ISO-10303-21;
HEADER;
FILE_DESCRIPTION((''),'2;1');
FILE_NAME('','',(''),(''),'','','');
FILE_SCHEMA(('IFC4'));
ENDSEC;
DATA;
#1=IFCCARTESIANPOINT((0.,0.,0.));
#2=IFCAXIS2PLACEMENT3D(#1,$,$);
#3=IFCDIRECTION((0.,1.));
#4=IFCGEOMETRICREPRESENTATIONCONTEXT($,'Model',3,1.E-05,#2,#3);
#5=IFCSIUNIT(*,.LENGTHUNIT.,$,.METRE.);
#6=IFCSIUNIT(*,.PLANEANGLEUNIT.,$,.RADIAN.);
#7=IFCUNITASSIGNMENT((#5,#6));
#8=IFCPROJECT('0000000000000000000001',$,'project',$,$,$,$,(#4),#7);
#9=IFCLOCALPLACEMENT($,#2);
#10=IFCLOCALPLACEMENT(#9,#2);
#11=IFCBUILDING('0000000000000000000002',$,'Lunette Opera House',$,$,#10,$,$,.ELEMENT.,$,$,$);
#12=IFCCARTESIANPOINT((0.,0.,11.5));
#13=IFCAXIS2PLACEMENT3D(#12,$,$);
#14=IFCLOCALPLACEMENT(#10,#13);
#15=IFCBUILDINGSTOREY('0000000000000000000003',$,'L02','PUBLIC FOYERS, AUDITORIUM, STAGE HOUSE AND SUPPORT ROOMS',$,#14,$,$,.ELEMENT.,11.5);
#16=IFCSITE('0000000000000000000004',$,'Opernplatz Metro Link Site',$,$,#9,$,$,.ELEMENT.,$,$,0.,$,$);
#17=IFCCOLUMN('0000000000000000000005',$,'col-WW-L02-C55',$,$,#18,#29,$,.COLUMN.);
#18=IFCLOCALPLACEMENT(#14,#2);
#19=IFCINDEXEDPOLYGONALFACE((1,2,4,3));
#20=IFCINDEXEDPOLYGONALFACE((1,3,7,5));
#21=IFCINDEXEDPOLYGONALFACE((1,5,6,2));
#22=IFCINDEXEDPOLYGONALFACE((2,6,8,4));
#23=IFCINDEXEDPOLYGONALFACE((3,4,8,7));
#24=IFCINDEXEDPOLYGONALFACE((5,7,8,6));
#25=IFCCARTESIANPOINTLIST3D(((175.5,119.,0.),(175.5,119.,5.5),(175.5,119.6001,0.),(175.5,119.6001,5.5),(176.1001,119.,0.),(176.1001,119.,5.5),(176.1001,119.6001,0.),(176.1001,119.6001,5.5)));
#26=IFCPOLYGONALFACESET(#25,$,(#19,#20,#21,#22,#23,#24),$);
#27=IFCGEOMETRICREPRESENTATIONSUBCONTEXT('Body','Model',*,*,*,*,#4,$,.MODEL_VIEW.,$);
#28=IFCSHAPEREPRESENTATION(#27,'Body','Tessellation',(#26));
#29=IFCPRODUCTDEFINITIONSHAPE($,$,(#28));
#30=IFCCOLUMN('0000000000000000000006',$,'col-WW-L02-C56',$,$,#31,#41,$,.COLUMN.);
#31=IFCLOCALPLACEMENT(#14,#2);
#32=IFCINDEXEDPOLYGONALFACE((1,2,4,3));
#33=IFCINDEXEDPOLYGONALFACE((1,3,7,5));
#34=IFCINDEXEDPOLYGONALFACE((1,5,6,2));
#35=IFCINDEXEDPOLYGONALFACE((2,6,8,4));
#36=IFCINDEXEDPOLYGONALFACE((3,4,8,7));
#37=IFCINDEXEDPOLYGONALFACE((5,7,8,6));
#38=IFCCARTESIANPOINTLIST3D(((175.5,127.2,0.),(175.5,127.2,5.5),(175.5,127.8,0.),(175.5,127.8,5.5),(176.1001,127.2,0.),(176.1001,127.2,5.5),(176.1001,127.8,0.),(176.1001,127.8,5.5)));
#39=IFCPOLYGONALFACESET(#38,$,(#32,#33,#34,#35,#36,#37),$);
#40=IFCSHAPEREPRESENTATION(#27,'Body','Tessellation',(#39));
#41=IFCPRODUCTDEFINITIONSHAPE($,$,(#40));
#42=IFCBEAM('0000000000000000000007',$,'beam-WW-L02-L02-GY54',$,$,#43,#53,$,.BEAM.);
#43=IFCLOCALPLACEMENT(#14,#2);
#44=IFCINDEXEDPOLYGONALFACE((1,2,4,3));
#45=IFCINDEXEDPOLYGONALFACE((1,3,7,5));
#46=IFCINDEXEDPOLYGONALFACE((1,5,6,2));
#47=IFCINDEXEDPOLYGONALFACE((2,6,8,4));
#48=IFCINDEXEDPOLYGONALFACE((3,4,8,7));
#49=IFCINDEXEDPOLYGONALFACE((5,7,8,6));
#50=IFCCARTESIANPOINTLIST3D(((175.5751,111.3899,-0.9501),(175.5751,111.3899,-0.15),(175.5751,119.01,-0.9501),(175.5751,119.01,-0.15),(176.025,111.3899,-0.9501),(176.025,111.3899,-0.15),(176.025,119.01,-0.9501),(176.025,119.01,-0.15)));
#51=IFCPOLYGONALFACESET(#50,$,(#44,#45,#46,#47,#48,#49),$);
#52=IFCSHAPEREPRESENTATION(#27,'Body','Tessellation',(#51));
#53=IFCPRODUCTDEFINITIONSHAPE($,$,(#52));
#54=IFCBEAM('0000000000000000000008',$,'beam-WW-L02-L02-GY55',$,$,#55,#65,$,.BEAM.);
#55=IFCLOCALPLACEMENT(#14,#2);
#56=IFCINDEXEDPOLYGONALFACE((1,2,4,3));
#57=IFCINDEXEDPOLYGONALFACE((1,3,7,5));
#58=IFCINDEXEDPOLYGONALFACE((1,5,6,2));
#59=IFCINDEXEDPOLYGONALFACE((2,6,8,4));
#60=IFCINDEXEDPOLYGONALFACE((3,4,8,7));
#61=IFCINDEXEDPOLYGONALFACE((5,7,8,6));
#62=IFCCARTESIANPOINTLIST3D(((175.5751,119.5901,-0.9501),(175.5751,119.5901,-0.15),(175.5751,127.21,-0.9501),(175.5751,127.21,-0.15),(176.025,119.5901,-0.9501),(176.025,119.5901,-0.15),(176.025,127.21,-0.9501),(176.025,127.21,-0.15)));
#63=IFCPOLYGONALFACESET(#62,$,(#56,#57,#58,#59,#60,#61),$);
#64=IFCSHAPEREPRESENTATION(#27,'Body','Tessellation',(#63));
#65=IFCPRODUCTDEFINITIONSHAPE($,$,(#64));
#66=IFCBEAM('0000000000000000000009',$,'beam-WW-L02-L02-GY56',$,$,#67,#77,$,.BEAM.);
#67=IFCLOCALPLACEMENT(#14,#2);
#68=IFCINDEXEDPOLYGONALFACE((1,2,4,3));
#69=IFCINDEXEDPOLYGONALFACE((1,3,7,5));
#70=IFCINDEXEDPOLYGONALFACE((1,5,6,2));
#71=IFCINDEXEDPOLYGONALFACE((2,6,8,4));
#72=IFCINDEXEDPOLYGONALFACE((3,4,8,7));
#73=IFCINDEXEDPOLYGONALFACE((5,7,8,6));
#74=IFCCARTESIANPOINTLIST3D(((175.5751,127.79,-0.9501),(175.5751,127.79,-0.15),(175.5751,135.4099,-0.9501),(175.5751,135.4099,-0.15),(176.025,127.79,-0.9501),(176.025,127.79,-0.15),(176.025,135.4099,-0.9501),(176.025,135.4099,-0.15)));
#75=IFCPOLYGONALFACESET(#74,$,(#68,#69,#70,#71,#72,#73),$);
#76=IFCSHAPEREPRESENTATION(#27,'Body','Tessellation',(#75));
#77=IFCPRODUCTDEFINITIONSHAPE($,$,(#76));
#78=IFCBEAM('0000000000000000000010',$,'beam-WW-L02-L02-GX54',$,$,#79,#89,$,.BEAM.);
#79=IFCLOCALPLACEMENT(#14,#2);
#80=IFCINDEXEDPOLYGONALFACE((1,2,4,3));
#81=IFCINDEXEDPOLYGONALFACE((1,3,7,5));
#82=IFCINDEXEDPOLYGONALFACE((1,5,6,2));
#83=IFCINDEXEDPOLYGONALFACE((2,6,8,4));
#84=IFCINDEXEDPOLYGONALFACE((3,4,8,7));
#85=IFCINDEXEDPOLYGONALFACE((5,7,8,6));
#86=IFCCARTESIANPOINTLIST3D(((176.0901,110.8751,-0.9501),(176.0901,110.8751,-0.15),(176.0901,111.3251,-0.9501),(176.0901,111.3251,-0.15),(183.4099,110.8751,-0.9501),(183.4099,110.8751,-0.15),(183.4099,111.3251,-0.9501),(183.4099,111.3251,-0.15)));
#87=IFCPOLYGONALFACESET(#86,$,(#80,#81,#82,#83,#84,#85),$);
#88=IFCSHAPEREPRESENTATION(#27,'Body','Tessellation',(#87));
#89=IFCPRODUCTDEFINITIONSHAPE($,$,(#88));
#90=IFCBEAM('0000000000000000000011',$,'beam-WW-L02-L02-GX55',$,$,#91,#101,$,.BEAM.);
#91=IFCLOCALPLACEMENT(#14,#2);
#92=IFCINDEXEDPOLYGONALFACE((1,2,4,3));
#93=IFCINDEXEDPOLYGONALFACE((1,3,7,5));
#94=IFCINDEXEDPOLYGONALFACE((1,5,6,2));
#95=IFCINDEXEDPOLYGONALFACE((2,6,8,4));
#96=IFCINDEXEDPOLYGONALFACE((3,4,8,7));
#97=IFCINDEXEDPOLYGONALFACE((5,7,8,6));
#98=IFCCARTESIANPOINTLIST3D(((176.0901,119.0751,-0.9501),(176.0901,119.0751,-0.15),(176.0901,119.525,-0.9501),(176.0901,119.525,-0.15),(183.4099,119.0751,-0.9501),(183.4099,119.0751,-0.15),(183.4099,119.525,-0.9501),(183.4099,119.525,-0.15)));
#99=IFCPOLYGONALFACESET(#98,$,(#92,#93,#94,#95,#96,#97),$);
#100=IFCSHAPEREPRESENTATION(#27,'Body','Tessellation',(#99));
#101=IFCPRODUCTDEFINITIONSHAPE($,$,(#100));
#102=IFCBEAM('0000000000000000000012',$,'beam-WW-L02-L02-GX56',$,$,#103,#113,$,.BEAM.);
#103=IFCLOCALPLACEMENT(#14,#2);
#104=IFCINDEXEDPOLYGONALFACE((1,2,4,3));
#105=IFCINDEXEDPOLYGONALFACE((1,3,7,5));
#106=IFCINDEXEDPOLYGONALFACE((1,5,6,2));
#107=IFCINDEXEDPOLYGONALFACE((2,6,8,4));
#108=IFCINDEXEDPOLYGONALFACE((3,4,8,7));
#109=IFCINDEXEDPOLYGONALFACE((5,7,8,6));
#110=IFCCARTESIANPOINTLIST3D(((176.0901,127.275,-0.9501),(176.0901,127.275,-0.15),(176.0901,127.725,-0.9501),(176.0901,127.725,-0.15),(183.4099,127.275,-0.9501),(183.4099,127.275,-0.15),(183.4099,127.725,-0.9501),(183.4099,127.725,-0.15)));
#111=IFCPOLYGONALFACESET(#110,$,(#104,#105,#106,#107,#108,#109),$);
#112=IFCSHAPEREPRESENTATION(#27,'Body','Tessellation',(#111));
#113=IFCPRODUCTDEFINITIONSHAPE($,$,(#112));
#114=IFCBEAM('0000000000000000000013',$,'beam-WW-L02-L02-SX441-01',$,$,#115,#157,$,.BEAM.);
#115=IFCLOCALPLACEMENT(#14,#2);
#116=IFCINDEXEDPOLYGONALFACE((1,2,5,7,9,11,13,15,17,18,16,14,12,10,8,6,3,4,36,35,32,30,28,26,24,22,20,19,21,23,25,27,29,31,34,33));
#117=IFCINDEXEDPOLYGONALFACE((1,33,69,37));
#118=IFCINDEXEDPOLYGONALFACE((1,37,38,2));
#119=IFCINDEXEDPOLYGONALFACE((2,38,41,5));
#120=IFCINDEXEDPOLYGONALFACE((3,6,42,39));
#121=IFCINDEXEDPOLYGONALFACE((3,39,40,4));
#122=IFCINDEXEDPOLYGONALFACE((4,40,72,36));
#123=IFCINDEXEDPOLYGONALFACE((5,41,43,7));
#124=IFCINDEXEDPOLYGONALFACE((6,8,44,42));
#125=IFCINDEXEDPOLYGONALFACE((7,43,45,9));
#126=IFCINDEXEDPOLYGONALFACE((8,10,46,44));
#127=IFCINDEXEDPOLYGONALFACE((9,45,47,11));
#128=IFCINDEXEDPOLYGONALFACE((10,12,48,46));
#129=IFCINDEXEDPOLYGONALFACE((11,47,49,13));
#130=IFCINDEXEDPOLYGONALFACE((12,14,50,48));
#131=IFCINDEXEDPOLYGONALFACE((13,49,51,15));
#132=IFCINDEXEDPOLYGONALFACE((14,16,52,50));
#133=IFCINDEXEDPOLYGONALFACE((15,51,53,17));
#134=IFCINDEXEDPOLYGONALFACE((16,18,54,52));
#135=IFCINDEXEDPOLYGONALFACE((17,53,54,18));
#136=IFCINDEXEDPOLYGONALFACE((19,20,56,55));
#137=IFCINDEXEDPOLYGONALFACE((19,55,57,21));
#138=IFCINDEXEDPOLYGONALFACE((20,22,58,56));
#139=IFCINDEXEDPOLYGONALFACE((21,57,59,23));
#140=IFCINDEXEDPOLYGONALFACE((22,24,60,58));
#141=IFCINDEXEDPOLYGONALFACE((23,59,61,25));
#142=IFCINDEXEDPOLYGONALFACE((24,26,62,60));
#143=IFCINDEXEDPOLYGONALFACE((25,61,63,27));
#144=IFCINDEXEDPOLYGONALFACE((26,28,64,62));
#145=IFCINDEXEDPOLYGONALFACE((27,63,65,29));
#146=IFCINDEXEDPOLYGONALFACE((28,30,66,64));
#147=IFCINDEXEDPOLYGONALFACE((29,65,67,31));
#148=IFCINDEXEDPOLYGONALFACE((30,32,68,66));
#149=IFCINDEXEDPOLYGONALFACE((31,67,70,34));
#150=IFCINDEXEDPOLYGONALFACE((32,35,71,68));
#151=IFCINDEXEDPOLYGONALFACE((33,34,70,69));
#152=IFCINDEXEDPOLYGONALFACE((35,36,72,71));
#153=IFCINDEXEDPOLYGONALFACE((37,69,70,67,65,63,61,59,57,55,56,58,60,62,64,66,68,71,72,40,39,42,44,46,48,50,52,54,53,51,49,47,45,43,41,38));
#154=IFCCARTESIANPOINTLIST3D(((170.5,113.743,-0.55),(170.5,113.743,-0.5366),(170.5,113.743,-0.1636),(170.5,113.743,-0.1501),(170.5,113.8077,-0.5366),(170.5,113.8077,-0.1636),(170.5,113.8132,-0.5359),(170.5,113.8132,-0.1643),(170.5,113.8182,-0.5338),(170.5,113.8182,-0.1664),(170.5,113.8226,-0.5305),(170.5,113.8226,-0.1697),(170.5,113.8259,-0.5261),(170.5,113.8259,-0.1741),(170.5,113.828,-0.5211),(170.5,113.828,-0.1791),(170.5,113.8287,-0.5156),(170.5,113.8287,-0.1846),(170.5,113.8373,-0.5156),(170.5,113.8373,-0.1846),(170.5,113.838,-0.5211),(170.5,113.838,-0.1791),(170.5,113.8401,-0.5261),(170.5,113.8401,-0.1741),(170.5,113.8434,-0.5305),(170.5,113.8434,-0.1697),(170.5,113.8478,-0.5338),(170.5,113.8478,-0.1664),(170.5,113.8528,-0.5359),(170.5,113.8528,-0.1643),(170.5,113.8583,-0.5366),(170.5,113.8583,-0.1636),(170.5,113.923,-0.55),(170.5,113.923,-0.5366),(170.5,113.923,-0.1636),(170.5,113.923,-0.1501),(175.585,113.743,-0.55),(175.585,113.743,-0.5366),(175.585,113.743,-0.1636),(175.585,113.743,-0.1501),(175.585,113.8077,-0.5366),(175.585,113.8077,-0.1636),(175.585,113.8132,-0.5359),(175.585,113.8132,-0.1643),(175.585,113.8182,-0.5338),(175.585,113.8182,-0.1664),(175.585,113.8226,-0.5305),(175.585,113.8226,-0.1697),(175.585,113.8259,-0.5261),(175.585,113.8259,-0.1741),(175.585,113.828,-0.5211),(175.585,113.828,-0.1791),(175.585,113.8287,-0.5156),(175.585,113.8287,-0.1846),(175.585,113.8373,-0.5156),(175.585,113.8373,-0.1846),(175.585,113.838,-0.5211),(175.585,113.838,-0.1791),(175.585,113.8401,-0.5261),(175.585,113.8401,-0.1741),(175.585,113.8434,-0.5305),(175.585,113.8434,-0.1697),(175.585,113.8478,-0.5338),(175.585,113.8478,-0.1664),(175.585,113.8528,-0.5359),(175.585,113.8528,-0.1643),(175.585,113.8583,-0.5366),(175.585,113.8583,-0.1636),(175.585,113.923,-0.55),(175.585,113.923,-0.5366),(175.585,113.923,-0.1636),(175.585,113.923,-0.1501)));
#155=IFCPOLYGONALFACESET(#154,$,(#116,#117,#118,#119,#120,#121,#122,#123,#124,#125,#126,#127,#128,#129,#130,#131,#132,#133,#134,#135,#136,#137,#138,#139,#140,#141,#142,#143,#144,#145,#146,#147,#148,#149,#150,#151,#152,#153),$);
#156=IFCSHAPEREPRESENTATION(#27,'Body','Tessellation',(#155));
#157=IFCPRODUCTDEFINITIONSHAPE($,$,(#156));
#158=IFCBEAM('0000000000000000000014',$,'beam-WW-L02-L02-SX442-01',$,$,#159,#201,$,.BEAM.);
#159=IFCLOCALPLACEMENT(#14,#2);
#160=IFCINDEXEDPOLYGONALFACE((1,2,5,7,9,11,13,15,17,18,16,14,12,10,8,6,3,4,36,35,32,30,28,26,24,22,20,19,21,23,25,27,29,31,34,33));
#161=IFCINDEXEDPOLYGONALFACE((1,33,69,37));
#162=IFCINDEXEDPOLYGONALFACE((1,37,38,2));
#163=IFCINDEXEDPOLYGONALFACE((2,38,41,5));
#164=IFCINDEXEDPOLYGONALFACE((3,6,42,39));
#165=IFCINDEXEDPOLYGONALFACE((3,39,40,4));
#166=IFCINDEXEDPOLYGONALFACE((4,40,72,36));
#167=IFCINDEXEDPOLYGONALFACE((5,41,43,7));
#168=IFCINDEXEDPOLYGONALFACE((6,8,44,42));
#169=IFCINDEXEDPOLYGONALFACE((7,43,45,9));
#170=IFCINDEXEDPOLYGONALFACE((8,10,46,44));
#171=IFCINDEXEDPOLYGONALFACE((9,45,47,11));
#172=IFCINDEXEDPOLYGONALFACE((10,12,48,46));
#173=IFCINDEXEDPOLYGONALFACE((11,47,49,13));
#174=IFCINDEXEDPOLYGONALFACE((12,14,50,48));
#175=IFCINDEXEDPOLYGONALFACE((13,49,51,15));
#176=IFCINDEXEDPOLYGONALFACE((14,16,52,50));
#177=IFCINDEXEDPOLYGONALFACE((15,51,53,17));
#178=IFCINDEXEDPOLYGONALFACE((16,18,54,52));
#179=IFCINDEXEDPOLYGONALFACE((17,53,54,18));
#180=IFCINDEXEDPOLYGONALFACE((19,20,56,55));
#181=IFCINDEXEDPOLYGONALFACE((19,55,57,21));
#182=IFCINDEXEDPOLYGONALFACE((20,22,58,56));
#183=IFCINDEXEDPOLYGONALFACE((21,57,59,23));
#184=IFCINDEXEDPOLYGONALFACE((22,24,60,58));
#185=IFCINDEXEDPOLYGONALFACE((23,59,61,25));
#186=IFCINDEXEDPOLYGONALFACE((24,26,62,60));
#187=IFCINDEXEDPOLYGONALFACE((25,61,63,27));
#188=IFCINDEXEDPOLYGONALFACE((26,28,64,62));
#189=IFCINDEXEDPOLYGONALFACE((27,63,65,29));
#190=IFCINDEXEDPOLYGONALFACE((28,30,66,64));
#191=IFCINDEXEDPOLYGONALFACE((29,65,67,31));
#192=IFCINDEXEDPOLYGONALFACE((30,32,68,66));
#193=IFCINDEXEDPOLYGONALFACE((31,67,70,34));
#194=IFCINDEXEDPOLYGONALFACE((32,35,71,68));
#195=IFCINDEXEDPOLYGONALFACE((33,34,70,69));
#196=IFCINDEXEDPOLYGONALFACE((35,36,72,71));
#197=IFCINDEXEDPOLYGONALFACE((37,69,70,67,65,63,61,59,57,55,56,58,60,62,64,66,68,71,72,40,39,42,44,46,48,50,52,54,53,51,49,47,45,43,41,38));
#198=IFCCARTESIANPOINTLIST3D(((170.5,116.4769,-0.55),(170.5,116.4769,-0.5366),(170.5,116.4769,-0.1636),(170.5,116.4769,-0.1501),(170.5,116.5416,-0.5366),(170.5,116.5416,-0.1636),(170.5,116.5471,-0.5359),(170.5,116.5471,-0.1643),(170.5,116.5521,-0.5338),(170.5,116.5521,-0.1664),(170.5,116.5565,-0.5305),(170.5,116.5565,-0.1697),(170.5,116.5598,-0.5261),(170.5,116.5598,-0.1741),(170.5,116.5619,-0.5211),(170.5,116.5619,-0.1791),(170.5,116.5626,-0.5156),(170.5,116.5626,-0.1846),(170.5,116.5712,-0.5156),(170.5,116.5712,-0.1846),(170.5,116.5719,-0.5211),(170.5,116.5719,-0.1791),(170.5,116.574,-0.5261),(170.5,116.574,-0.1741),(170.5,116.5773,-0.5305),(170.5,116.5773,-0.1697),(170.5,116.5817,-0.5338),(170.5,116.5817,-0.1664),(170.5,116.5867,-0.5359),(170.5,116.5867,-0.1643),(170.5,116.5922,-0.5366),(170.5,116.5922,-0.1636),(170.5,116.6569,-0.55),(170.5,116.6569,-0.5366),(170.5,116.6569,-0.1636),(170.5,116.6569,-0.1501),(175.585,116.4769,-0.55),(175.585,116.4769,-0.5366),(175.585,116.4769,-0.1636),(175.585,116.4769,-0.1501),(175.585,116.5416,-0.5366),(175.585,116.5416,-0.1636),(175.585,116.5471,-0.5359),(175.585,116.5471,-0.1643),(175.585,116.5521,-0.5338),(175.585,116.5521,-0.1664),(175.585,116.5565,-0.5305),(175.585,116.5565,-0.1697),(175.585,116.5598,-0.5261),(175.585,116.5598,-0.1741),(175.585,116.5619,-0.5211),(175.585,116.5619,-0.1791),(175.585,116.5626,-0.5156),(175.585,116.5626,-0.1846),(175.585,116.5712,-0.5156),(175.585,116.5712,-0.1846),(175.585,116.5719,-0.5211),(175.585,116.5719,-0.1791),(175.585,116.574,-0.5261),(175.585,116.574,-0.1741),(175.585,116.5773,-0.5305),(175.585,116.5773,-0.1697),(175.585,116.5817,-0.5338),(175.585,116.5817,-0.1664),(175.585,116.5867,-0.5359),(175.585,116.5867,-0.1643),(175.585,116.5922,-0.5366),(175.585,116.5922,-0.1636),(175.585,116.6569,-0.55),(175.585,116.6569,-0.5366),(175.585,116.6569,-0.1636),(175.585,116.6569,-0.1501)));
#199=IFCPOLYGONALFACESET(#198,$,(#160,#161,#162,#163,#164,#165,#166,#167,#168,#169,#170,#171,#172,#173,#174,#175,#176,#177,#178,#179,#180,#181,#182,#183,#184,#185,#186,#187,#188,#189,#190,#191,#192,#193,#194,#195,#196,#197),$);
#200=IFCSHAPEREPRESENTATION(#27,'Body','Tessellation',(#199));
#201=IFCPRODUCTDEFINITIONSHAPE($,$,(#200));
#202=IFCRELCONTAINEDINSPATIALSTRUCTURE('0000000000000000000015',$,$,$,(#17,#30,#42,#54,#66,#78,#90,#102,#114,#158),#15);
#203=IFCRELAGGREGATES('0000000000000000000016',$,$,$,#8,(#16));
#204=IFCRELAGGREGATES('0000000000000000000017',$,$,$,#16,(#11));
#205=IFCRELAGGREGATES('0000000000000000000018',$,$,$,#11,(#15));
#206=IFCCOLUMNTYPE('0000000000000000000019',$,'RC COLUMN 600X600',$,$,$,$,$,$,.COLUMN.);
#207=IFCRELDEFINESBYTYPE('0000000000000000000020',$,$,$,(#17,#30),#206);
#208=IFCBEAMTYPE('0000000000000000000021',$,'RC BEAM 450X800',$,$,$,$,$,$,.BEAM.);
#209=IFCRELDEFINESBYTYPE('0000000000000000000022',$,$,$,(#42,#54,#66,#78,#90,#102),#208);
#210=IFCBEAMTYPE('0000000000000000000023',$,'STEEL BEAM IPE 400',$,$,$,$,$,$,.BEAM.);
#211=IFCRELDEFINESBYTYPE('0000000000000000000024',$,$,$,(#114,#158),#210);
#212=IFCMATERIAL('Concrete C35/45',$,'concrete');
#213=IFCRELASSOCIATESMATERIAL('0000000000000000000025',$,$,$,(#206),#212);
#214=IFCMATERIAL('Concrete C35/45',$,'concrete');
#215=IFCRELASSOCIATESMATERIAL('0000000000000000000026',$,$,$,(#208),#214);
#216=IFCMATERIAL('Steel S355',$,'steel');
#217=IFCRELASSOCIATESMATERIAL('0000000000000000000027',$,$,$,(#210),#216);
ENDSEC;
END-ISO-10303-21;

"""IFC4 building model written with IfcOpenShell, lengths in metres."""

from ifc_helpers import new_model, si_unit, direction, frame, origin, origin_2d, place, context, subcontext, project, spatial, rectangle, i_section, extrude, material, material_profile, profile_set, type_object, element, save


model = new_model("IFC4")

# Units and contexts
model_context = context("Model", 3, precision=1e-05, world=origin(), true_north=direction((0.0, 1.0)))
body_context = subcontext(model_context, "Body", "Model", "MODEL_VIEW")
ifc_project = project(units=[si_unit("LENGTHUNIT", "METRE"), si_unit("PLANEANGLEUNIT", "RADIAN")], contexts=[model_context])

# Site, building, storey
site_placement = place(None, origin())
site = spatial("IfcSite", under=ifc_project, at=site_placement, Name="Opernplatz Metro Link Site", CompositionType="ELEMENT", RefElevation=0.0)
building_placement = place(site_placement, origin())
building = spatial("IfcBuilding", under=site, at=building_placement, Name="Lunette Opera House", CompositionType="ELEMENT")
storey_placement = place(building_placement, frame((0.0, 0.0, 11.5)))
storey = spatial("IfcBuildingStorey", under=building, at=storey_placement, Name="L02", Description="PUBLIC FOYERS, AUDITORIUM, STAGE HOUSE AND SUPPORT ROOMS", CompositionType="ELEMENT", Elevation=11.5)

# Columns
ifc_material_1 = material(Name="Concrete C35/45", Category="concrete")
ifc_material_profile_1 = material_profile(ifc_material_1, rectangle(XDim=0.6001, YDim=0.6001, at=origin_2d()), Name="RC COLUMN 600X600")
ifc_profile_set_1 = profile_set([ifc_material_profile_1], Name="Concrete C35/45")
column_type = type_object("IfcColumnType", Name="RC COLUMN 600X600", PredefinedType="COLUMN", material=ifc_profile_set_1)
for number, where, z_axis, x_axis, name in (
    (1, (175.8, 119.3, 0.0), (0.0, 0.0, 1.0), (1.0, 0.0, 0.0), "col-WW-L02-C55"),
    (2, (175.8, 127.5, 0.0), (0.0, 0.0, 1.0), (1.0, 0.0, 0.0), "col-WW-L02-C56"),
):
    element("IfcColumn", number, at=place(storey_placement, frame(where, z_axis=z_axis, x_axis=x_axis)), inside=storey, type_object=column_type, Name=name, PredefinedType="COLUMN", context=body_context, shape_type="SweptSolid", body=[
        extrude(rectangle(XDim=0.6001, YDim=0.6001, at=origin_2d()), origin(), (0.0, 0.0, 1.0), 5.5),
    ])

# Beams
ifc_material_2 = material(Name="Concrete C35/45", Category="concrete")
ifc_material_profile_2 = material_profile(ifc_material_2, rectangle(XDim=0.45, YDim=0.8, at=origin_2d()), Name="RC BEAM 450X800")
ifc_profile_set_2 = profile_set([ifc_material_profile_2], Name="Concrete C35/45")
beam_type_1 = type_object("IfcBeamType", Name="RC BEAM 450X800", PredefinedType="BEAM", material=ifc_profile_set_2)
beam_placement = place(storey_placement, frame((175.8, 111.3899, -0.55), z_axis=(0.0, 1.0, 0.0), x_axis=(-1.0, 0.0, 0.0)))
element("IfcBeam", 3, at=beam_placement, inside=storey, type_object=beam_type_1, Name="beam-WW-L02-L02-GY54", PredefinedType="BEAM", context=body_context, shape_type="SweptSolid", body=[
    extrude(rectangle(XDim=0.45, YDim=0.8, at=origin_2d()), origin(), (0.0, 0.0, 1.0), 7.6201),
])
for number, where, z_axis, x_axis, name in (
    (4, (175.8, 119.5901, -0.55), (0.0, 1.0, 0.0), (-1.0, 0.0, 0.0), "beam-WW-L02-L02-GY55"),
    (5, (175.8, 127.79, -0.55), (0.0, 1.0, 0.0), (-1.0, 0.0, 0.0), "beam-WW-L02-L02-GY56"),
):
    element("IfcBeam", number, at=place(storey_placement, frame(where, z_axis=z_axis, x_axis=x_axis)), inside=storey, type_object=beam_type_1, Name=name, PredefinedType="BEAM", context=body_context, shape_type="SweptSolid", body=[
        extrude(rectangle(XDim=0.45, YDim=0.8, at=origin_2d()), origin(), (0.0, 0.0, 1.0), 7.6199),
    ])
for number, where, z_axis, x_axis, name in (
    (6, (176.0901, 111.1001, -0.55), (1.0, 0.0, 0.0), (0.0, 1.0, 0.0), "beam-WW-L02-L02-GX54"),
    (7, (176.0901, 119.3, -0.55), (1.0, 0.0, 0.0), (0.0, 1.0, 0.0), "beam-WW-L02-L02-GX55"),
    (8, (176.0901, 127.5, -0.55), (1.0, 0.0, 0.0), (0.0, 1.0, 0.0), "beam-WW-L02-L02-GX56"),
):
    element("IfcBeam", number, at=place(storey_placement, frame(where, z_axis=z_axis, x_axis=x_axis)), inside=storey, type_object=beam_type_1, Name=name, PredefinedType="BEAM", context=body_context, shape_type="SweptSolid", body=[
        extrude(rectangle(XDim=0.45, YDim=0.8, at=origin_2d()), origin(), (0.0, 0.0, 1.0), 7.3198),
    ])
ifc_material_3 = material(Name="Steel S355", Category="steel")
ifc_material_profile_3 = material_profile(ifc_material_3, i_section(OverallWidth=0.1799, OverallDepth=0.3999, WebThickness=0.0085, FlangeThickness=0.0134, FilletRadius=0.021, at=origin_2d()), Name="IPE 400")
ifc_profile_set_3 = profile_set([ifc_material_profile_3], Name="Steel S355")
beam_type_2 = type_object("IfcBeamType", Name="STEEL BEAM IPE 400", PredefinedType="BEAM", material=ifc_profile_set_3)
for number, where, z_axis, x_axis, name in (
    (9, (170.5, 113.833, -0.3501), (1.0, 0.0, 0.0), (0.0, 1.0, 0.0), "beam-WW-L02-L02-SX441-01"),
    (10, (170.5, 116.5669, -0.3501), (1.0, 0.0, 0.0), (0.0, 1.0, 0.0), "beam-WW-L02-L02-SX442-01"),
):
    element("IfcBeam", number, at=place(storey_placement, frame(where, z_axis=z_axis, x_axis=x_axis)), inside=storey, type_object=beam_type_2, Name=name, PredefinedType="BEAM", context=body_context, shape_type="SweptSolid", body=[
        extrude(i_section(OverallWidth=0.1799, OverallDepth=0.3999, WebThickness=0.0085, FlangeThickness=0.0134, FilletRadius=0.021, at=origin_2d()), origin(), (0.0, 0.0, 1.0), 5.085),
    ])

save(model, "model.ifc")
